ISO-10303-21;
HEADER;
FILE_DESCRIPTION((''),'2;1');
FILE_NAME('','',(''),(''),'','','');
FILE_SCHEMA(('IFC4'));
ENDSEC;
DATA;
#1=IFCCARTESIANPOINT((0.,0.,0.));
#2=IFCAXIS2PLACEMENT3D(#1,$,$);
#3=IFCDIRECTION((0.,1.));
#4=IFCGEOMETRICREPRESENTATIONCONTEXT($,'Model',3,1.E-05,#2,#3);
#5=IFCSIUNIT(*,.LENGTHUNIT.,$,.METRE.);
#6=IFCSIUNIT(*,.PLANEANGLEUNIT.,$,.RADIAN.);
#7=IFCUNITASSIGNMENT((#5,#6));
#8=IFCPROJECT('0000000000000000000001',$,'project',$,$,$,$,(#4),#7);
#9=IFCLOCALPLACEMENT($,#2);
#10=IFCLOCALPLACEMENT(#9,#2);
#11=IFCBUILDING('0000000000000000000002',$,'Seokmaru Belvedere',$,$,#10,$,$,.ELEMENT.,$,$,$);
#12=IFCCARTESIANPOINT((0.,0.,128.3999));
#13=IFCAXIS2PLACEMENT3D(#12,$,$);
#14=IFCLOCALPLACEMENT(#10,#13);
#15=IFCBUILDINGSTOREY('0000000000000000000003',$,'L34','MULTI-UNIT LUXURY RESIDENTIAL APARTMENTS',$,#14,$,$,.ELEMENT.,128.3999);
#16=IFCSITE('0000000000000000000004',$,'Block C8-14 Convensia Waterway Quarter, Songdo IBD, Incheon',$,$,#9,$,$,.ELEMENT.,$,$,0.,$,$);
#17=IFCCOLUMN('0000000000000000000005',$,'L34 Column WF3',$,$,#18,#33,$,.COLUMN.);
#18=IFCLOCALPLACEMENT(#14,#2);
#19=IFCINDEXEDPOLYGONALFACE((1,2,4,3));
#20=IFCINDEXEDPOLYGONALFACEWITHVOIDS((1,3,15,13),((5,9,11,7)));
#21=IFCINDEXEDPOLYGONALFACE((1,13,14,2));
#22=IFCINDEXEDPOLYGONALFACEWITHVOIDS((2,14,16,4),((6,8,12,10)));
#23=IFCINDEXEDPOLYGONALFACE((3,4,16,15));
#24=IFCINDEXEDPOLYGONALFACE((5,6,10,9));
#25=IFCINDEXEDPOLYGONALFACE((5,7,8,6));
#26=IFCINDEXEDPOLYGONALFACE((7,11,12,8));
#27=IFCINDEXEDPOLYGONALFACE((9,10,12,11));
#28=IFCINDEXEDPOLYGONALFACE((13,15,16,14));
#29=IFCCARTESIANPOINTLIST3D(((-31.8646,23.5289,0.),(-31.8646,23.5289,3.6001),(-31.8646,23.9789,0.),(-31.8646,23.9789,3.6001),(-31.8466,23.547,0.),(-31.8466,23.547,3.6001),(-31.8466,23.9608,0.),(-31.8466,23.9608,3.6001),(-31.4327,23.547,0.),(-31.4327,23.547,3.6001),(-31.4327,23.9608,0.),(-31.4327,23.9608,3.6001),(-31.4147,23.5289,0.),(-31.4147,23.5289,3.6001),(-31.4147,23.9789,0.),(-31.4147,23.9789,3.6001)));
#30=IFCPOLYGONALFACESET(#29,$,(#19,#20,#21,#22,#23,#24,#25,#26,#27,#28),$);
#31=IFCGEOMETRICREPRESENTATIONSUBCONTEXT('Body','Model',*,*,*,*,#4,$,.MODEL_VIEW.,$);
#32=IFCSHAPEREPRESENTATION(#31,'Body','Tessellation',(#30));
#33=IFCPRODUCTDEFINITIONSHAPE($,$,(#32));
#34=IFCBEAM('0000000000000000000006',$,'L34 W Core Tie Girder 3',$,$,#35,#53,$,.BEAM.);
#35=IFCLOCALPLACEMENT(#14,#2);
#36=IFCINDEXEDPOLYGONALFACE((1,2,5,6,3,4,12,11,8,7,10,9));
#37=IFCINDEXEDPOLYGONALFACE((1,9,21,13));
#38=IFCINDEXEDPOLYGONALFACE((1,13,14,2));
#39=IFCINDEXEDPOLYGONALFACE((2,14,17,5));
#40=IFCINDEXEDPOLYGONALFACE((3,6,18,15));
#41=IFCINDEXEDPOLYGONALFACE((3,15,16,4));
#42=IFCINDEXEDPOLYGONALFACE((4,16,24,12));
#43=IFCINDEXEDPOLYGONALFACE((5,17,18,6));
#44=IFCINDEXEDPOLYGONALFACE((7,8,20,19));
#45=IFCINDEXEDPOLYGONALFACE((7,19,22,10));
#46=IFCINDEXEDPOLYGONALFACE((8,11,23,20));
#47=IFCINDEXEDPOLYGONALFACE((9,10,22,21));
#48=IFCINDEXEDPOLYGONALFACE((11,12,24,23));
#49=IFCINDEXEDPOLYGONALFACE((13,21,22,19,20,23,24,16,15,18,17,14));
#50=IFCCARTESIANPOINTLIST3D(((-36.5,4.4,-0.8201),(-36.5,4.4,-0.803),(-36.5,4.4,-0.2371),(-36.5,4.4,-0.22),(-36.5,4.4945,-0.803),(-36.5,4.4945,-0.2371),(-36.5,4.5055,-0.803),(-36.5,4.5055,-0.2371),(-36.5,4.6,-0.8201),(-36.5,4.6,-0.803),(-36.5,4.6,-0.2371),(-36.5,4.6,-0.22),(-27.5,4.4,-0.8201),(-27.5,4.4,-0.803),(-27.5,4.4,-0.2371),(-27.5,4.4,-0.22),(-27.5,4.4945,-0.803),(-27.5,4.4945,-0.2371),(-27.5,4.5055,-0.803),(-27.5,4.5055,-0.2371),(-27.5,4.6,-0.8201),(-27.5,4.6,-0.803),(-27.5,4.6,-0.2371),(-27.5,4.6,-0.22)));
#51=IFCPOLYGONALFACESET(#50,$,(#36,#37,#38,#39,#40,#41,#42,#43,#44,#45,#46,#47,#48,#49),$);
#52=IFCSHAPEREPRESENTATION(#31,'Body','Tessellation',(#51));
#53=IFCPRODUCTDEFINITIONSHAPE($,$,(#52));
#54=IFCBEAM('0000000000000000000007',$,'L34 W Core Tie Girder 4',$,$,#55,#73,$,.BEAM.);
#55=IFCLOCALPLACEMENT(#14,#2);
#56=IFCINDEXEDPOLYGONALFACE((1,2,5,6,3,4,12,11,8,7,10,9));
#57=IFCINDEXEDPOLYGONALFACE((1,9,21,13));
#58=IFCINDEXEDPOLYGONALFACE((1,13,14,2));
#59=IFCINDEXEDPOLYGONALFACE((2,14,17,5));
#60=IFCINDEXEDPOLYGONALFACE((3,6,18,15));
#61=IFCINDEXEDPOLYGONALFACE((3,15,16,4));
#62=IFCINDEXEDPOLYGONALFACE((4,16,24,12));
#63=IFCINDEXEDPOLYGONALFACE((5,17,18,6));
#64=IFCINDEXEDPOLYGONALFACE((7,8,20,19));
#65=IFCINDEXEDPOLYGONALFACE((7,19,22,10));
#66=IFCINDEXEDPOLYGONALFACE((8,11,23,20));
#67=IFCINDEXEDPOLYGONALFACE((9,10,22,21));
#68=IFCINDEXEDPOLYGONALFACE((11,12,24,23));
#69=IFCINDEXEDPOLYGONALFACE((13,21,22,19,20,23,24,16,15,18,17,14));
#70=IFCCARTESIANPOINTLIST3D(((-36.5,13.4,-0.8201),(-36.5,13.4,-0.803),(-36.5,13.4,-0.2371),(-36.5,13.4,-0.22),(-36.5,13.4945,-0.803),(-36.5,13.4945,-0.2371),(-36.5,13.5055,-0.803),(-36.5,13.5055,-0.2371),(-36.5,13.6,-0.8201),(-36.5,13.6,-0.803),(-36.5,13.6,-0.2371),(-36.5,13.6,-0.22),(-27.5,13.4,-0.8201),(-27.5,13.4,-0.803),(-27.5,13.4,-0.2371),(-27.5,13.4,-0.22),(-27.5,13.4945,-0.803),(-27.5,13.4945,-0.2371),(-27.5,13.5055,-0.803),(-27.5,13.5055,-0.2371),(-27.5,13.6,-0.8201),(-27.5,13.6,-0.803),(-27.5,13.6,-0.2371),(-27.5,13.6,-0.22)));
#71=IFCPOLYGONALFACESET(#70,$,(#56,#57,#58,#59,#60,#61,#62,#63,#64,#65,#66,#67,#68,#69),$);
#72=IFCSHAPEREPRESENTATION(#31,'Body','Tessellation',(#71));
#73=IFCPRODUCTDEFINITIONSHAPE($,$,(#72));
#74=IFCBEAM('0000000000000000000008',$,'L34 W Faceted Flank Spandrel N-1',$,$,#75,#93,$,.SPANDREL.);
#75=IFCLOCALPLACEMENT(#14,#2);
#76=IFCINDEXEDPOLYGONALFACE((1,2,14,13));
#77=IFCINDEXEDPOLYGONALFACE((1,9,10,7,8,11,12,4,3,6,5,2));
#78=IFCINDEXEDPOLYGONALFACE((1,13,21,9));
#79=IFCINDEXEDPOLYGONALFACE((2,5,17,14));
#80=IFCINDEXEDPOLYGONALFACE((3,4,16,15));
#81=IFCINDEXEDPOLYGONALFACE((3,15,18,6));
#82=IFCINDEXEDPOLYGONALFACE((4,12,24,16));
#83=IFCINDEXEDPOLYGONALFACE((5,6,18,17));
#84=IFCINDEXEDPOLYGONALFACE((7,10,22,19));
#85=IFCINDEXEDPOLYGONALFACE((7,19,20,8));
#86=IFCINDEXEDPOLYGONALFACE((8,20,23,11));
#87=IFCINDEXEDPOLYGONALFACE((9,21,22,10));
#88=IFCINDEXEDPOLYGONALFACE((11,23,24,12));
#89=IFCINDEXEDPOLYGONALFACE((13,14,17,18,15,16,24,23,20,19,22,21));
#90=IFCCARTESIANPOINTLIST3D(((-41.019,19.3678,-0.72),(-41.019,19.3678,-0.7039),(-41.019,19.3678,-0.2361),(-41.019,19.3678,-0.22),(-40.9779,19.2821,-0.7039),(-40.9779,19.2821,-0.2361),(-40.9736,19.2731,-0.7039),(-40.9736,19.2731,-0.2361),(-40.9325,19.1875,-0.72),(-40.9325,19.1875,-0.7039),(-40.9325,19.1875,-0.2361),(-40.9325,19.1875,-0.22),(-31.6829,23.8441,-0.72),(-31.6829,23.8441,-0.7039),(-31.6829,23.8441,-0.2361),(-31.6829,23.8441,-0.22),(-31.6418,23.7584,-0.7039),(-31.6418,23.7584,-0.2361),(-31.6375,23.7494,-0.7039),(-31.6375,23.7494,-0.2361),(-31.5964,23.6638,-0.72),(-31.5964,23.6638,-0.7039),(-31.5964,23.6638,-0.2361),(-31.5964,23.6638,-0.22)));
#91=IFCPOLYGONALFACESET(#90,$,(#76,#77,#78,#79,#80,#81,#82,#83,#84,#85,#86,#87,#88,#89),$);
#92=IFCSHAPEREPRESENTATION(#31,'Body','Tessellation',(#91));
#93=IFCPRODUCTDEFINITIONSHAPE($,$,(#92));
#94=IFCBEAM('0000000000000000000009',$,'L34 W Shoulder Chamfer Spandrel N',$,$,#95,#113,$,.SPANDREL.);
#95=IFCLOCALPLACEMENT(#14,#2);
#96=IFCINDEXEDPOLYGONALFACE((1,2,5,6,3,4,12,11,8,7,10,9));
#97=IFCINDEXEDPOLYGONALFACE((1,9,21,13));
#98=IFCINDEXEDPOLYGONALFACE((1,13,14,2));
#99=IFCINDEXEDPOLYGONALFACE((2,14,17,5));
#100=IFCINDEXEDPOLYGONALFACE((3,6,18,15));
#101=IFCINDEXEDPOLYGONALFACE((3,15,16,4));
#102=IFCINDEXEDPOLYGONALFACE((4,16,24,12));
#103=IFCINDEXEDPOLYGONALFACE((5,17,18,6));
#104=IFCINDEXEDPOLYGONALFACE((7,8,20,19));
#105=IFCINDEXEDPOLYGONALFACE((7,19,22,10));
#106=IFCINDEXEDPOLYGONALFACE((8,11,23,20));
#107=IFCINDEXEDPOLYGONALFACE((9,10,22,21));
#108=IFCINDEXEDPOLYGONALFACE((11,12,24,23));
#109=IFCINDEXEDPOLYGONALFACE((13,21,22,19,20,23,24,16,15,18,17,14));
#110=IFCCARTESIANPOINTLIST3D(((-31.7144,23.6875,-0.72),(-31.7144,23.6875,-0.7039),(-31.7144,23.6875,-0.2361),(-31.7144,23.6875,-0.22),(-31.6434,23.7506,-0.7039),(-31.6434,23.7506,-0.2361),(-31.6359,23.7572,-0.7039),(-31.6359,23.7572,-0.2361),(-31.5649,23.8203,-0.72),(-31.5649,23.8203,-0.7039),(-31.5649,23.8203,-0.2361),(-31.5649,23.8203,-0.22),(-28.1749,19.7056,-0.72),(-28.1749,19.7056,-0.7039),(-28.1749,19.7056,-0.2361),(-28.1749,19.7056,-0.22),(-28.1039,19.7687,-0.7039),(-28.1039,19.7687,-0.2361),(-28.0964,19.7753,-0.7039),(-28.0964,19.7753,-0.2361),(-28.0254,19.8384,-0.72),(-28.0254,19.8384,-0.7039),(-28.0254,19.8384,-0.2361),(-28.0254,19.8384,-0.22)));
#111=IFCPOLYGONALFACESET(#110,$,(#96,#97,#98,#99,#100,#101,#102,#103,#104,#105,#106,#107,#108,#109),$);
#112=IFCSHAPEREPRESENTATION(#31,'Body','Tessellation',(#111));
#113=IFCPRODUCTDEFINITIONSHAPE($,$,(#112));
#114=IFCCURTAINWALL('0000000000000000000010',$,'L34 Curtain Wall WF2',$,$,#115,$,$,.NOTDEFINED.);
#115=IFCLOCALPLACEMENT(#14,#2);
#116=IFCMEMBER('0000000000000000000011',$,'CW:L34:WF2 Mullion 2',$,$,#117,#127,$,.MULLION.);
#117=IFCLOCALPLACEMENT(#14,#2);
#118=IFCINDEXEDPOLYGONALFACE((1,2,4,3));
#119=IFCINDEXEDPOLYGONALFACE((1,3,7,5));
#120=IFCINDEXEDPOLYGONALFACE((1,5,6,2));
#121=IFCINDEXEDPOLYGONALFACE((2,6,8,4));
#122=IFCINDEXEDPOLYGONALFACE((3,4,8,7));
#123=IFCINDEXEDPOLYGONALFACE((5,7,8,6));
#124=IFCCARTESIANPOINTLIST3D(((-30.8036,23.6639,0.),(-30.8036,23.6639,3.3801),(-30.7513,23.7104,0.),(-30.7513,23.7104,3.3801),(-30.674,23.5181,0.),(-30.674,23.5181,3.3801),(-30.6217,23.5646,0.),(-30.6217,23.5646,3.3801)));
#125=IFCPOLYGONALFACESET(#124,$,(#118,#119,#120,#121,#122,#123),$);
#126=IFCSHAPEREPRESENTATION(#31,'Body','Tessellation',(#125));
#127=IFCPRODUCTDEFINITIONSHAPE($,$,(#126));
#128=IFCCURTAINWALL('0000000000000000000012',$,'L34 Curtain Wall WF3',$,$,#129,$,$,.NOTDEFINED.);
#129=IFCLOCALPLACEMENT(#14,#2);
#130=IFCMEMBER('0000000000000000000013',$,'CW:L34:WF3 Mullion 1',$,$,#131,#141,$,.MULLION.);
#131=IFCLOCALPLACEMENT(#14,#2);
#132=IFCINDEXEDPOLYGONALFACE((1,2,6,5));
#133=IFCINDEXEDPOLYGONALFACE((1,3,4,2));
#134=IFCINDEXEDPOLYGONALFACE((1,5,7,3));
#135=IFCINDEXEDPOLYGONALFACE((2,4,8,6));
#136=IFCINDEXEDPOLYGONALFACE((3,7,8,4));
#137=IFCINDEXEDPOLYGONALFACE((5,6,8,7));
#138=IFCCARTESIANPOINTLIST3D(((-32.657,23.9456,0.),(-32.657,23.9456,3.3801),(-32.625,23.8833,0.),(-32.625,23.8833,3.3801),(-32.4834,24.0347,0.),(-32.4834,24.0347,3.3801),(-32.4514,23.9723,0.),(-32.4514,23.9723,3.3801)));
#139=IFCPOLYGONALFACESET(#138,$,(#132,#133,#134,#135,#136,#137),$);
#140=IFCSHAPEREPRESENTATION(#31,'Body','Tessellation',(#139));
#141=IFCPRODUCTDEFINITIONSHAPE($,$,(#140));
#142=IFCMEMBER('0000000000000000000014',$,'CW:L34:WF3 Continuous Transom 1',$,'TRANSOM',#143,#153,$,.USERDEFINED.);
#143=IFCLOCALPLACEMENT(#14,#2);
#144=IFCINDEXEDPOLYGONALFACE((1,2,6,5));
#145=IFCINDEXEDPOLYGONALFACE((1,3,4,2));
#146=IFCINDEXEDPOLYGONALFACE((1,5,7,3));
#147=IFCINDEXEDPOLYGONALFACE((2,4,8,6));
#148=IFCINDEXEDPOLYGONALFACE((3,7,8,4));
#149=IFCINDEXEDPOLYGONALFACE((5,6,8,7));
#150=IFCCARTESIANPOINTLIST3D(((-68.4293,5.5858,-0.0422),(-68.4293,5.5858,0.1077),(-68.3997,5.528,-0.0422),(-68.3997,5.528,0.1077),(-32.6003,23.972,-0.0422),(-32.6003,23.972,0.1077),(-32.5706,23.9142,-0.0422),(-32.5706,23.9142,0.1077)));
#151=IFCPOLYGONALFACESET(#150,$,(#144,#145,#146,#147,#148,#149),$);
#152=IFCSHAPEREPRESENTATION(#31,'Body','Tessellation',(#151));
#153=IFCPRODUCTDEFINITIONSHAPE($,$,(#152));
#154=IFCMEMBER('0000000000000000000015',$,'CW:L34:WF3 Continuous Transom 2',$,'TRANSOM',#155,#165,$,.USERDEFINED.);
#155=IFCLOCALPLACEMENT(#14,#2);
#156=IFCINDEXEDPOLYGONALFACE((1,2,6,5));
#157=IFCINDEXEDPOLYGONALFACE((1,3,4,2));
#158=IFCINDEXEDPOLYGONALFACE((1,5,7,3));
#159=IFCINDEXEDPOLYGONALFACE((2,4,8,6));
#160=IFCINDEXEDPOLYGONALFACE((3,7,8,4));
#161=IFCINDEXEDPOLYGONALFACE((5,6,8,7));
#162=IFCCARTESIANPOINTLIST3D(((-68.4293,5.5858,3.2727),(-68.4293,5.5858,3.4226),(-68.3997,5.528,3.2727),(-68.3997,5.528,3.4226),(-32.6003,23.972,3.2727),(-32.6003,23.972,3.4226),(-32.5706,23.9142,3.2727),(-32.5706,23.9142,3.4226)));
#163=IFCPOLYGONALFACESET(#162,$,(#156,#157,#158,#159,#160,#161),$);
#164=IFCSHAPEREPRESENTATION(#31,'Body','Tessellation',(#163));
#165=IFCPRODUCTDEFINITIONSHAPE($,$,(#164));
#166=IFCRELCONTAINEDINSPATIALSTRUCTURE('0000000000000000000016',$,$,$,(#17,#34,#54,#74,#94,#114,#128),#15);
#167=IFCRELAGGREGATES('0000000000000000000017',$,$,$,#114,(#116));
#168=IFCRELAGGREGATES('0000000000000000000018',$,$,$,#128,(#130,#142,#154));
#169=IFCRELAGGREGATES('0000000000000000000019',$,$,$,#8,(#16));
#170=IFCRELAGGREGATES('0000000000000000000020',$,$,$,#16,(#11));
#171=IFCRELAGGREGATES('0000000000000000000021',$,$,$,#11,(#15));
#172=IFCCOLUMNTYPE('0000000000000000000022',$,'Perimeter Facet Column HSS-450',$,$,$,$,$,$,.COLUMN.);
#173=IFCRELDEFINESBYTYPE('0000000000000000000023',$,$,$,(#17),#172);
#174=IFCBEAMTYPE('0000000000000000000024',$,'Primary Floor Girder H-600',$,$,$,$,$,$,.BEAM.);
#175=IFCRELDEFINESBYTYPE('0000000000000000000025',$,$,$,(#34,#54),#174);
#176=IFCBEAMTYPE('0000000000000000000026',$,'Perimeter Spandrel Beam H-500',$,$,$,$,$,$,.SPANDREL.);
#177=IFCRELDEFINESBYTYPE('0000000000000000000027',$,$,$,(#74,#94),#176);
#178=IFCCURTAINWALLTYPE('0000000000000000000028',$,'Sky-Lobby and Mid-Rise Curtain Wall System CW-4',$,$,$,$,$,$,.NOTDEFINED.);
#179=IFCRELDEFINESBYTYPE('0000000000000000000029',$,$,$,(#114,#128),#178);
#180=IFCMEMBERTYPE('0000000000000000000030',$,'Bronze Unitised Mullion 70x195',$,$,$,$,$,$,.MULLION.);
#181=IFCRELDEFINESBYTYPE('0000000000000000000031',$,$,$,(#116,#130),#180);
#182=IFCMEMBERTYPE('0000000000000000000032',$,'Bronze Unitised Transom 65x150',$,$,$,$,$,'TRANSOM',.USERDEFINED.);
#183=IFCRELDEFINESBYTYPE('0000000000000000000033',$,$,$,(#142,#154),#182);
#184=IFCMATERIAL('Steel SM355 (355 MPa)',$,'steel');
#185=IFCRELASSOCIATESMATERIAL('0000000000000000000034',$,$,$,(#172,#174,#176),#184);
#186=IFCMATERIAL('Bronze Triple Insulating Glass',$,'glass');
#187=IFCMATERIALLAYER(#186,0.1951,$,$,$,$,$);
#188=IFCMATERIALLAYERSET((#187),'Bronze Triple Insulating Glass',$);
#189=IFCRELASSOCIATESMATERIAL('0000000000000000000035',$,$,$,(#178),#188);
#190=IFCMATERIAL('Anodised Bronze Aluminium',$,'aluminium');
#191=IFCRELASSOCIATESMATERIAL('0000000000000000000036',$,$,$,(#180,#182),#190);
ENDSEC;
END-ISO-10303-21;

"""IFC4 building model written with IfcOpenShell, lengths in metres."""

from ifc_helpers import new_model, si_unit, direction, frame, origin, origin_2d, place, context, subcontext, project, spatial, rectangle, hollow_rectangle, i_section, extrude, source, transform, mapped, material, layer, layer_set, material_profile, profile_set, type_object, type_shapes, element, aggregate, save


model = new_model("IFC4")

# Units and contexts
model_context = context("Model", 3, precision=1e-05, world=origin(), true_north=direction((0.0, 1.0)))
body_context = subcontext(model_context, "Body", "Model", "MODEL_VIEW")
ifc_project = project(units=[si_unit("LENGTHUNIT", "METRE"), si_unit("PLANEANGLEUNIT", "RADIAN")], contexts=[model_context])

# Site, building, storey
site_placement = place(None, origin())
site = spatial("IfcSite", under=ifc_project, at=site_placement, Name="Block C8-14 Convensia Waterway Quarter, Songdo IBD, Incheon", CompositionType="ELEMENT", RefElevation=0.0)
building_placement = place(site_placement, origin())
building = spatial("IfcBuilding", under=site, at=building_placement, Name="Seokmaru Belvedere", CompositionType="ELEMENT")
storey_placement = place(building_placement, frame((0.0, 0.0, 128.3999)))
storey = spatial("IfcBuildingStorey", under=building, at=storey_placement, Name="L34", Description="MULTI-UNIT LUXURY RESIDENTIAL APARTMENTS", CompositionType="ELEMENT", Elevation=128.3999)

# Column
ifc_material_1 = material(Name="Steel SM355 (355 MPa)", Category="steel")
ifc_material_profile_1 = material_profile(ifc_material_1, hollow_rectangle(XDim=0.45, YDim=0.45, WallThickness=0.0181, at=origin_2d()), Name="HSS-450x450x18")
ifc_profile_set_1 = profile_set([ifc_material_profile_1], Name="Steel SM355 (355 MPa)")
column_type = type_object("IfcColumnType", Name="Perimeter Facet Column HSS-450", PredefinedType="COLUMN", material=ifc_profile_set_1)
shared_shape_1 = source(origin(), body_context, "Body", "SweptSolid", [
    extrude(hollow_rectangle(XDim=0.45, YDim=0.45, WallThickness=0.0181, at=origin_2d()), origin(), (0.0, 0.0, 1.0), 3.6001),
])
type_shapes(column_type, [shared_shape_1])
column_placement = place(storey_placement, frame((-31.6396, 23.7539, 0.0), z_axis=(0.0, 0.0, 1.0), x_axis=(1.0, 0.0, 0.0)))
element("IfcColumn", 1, at=column_placement, inside=storey, type_object=column_type, Name="L34 Column WF3", PredefinedType="COLUMN", context=body_context, shape_type="MappedRepresentation", body=[
    mapped(shared_shape_1, transform((0.0, 0.0, 0.0), scale=1.0)),
])

# Beams
ifc_material_profile_2 = material_profile(ifc_material_1, i_section(OverallWidth=0.2, OverallDepth=0.6001, WebThickness=0.011, FlangeThickness=0.0171, at=origin_2d()), Name="H-600x200x11x17")
ifc_profile_set_2 = profile_set([ifc_material_profile_2], Name="Steel SM355 (355 MPa)")
beam_type_1 = type_object("IfcBeamType", Name="Primary Floor Girder H-600", PredefinedType="BEAM", material=ifc_profile_set_2)
shared_shape_2 = source(origin(), body_context, "Body", "SweptSolid", [
    extrude(i_section(OverallWidth=0.2, OverallDepth=0.6001, WebThickness=0.011, FlangeThickness=0.0171, at=origin_2d()), origin(), (0.0, 0.0, 1.0), 9.0),
])
type_shapes(beam_type_1, [shared_shape_2])
for number, where, z_axis, x_axis, name in (
    (2, (-36.5, 4.5, -0.52), (1.0, 0.0, 0.0), (0.0, 1.0, 0.0), "L34 W Core Tie Girder 3"),
    (3, (-36.5, 13.5, -0.52), (1.0, 0.0, 0.0), (0.0, 1.0, 0.0), "L34 W Core Tie Girder 4"),
):
    element("IfcBeam", number, at=place(storey_placement, frame(where, z_axis=z_axis, x_axis=x_axis)), inside=storey, type_object=beam_type_1, Name=name, PredefinedType="BEAM", context=body_context, shape_type="MappedRepresentation", body=[
        mapped(shared_shape_2, transform((0.0, 0.0, 0.0), scale=1.0)),
    ])
ifc_material_profile_3 = material_profile(ifc_material_1, i_section(OverallWidth=0.2, OverallDepth=0.5, WebThickness=0.01, FlangeThickness=0.0161, at=origin_2d()), Name="H-500x200x10x16")
ifc_profile_set_3 = profile_set([ifc_material_profile_3], Name="Steel SM355 (355 MPa)")
beam_type_2 = type_object("IfcBeamType", Name="Perimeter Spandrel Beam H-500", PredefinedType="SPANDREL", material=ifc_profile_set_3)
shared_shape_3 = source(origin(), body_context, "Body", "SweptSolid", [
    extrude(i_section(OverallWidth=0.2, OverallDepth=0.5, WebThickness=0.01, FlangeThickness=0.0161, at=origin_2d()), origin(), (0.0, 0.0, 1.0), 10.3538),
])
beam_1_placement = place(storey_placement, frame((-31.6396, 23.7539, -0.47), z_axis=(-0.901713, -0.432335, 0.0), x_axis=(0.432335, -0.901713, 0.0)))
element("IfcBeam", 4, at=beam_1_placement, inside=storey, type_object=beam_type_2, Name="L34 W Faceted Flank Spandrel N-1", PredefinedType="SPANDREL", context=body_context, shape_type="MappedRepresentation", body=[
    mapped(shared_shape_3, transform((0.0, 0.0, 0.0), scale=1.0)),
])
shared_shape_4 = source(origin(), body_context, "Body", "SweptSolid", [
    extrude(i_section(OverallWidth=0.2, OverallDepth=0.5, WebThickness=0.01, FlangeThickness=0.0161, at=origin_2d()), origin(), (0.0, 0.0, 1.0), 5.3276),
])
type_shapes(beam_type_2, [shared_shape_3, shared_shape_4])
beam_2_placement = place(storey_placement, frame((-31.6396, 23.7539, -0.47), z_axis=(0.66437, -0.747404, 0.0), x_axis=(0.747404, 0.66437, 0.0)))
element("IfcBeam", 5, at=beam_2_placement, inside=storey, type_object=beam_type_2, Name="L34 W Shoulder Chamfer Spandrel N", PredefinedType="SPANDREL", context=body_context, shape_type="MappedRepresentation", body=[
    mapped(shared_shape_4, transform((0.0, 0.0, 0.0), scale=1.0)),
])

# Curtain wall, member
ifc_material_2 = material(Name="Bronze Triple Insulating Glass", Category="glass")
ifc_layer_1 = layer(ifc_material_2, 0.1951)
ifc_layer_set_1 = layer_set([ifc_layer_1], Name="Bronze Triple Insulating Glass")
curtain_wall_type = type_object("IfcCurtainWallType", Name="Sky-Lobby and Mid-Rise Curtain Wall System CW-4", PredefinedType="NOTDEFINED", material=ifc_layer_set_1)
curtain_wall_1_placement = place(storey_placement, origin())
curtain_wall_1 = element("IfcCurtainWall", 6, at=curtain_wall_1_placement, inside=storey, type_object=curtain_wall_type, Name="L34 Curtain Wall WF2", PredefinedType="NOTDEFINED")
ifc_material_3 = material(Name="Anodised Bronze Aluminium", Category="aluminium")
ifc_material_profile_4 = material_profile(ifc_material_3, rectangle(XDim=0.0701, YDim=0.1951, at=origin_2d()), Name="CW-M-70x195")
ifc_profile_set_4 = profile_set([ifc_material_profile_4], Name="Anodised Bronze Aluminium")
member_type_1 = type_object("IfcMemberType", Name="Bronze Unitised Mullion 70x195", PredefinedType="MULLION", material=ifc_profile_set_4)
shared_shape_5 = source(origin(), body_context, "Body", "SweptSolid", [
    extrude(rectangle(XDim=0.0701, YDim=0.1951, at=origin_2d()), origin(), (0.0, 0.0, 1.0), 3.3801),
])
type_shapes(member_type_1, [shared_shape_5])
member_1_placement = place(storey_placement, frame((-30.7126, 23.6143, 0.0), z_axis=(0.0, 0.0, 1.0), x_axis=(-0.74741, -0.664363, 0.0)))
member_1 = element("IfcMember", 7, at=member_1_placement, type_object=member_type_1, Name="CW:L34:WF2 Mullion 2", PredefinedType="MULLION", context=body_context, shape_type="MappedRepresentation", body=[
    mapped(shared_shape_5, transform((0.0, 0.0, 0.0), scale=1.0)),
])
aggregate(curtain_wall_1, [member_1])

# Curtain wall, members
curtain_wall_2_placement = place(storey_placement, origin())
curtain_wall_2 = element("IfcCurtainWall", 8, at=curtain_wall_2_placement, inside=storey, type_object=curtain_wall_type, Name="L34 Curtain Wall WF3", PredefinedType="NOTDEFINED")
member_2_placement = place(storey_placement, frame((-32.5542, 23.959, 0.0), z_axis=(0.0, 0.0, 1.0), x_axis=(0.456555, -0.889695, 0.0)))
member_2 = element("IfcMember", 9, at=member_2_placement, type_object=member_type_1, Name="CW:L34:WF3 Mullion 1", PredefinedType="MULLION", context=body_context, shape_type="MappedRepresentation", body=[
    mapped(shared_shape_5, transform((0.0, 0.0, 0.0), scale=1.0)),
])
ifc_material_profile_5 = material_profile(ifc_material_3, rectangle(XDim=0.0649, YDim=0.1499, at=origin_2d()), Name="CW-T-65x150")
ifc_profile_set_5 = profile_set([ifc_material_profile_5], Name="Anodised Bronze Aluminium")
member_type_2 = type_object("IfcMemberType", Name="Bronze Unitised Transom 65x150", ElementType="TRANSOM", PredefinedType="USERDEFINED", material=ifc_profile_set_5)
shared_shape_6 = source(origin(), body_context, "Body", "SweptSolid", [
    extrude(rectangle(XDim=0.0649, YDim=0.1499, at=origin_2d()), origin(), (0.0, 0.0, 1.0), 40.2712),
])
type_shapes(member_type_2, [shared_shape_6])
member_3_placement = place(storey_placement, frame((-32.5854, 23.9431, 0.0327), z_axis=(-0.889693, -0.456559, 0.0), x_axis=(0.456559, -0.889693, 0.0)))
member_3 = element("IfcMember", 10, at=member_3_placement, type_object=member_type_2, Name="CW:L34:WF3 Continuous Transom 1", ObjectType="TRANSOM", PredefinedType="USERDEFINED", context=body_context, shape_type="MappedRepresentation", body=[
    mapped(shared_shape_6, transform((0.0, 0.0, 0.0), scale=1.0)),
])
member_4_placement = place(storey_placement, frame((-32.5854, 23.9431, 3.3477), z_axis=(-0.889693, -0.456559, 0.0), x_axis=(0.456559, -0.889693, 0.0)))
member_4 = element("IfcMember", 11, at=member_4_placement, type_object=member_type_2, Name="CW:L34:WF3 Continuous Transom 2", ObjectType="TRANSOM", PredefinedType="USERDEFINED", context=body_context, shape_type="MappedRepresentation", body=[
    mapped(shared_shape_6, transform((0.0, 0.0, 0.0), scale=1.0)),
])

aggregate(curtain_wall_2, [member_2, member_3, member_4])

save(model, "model.ifc")
